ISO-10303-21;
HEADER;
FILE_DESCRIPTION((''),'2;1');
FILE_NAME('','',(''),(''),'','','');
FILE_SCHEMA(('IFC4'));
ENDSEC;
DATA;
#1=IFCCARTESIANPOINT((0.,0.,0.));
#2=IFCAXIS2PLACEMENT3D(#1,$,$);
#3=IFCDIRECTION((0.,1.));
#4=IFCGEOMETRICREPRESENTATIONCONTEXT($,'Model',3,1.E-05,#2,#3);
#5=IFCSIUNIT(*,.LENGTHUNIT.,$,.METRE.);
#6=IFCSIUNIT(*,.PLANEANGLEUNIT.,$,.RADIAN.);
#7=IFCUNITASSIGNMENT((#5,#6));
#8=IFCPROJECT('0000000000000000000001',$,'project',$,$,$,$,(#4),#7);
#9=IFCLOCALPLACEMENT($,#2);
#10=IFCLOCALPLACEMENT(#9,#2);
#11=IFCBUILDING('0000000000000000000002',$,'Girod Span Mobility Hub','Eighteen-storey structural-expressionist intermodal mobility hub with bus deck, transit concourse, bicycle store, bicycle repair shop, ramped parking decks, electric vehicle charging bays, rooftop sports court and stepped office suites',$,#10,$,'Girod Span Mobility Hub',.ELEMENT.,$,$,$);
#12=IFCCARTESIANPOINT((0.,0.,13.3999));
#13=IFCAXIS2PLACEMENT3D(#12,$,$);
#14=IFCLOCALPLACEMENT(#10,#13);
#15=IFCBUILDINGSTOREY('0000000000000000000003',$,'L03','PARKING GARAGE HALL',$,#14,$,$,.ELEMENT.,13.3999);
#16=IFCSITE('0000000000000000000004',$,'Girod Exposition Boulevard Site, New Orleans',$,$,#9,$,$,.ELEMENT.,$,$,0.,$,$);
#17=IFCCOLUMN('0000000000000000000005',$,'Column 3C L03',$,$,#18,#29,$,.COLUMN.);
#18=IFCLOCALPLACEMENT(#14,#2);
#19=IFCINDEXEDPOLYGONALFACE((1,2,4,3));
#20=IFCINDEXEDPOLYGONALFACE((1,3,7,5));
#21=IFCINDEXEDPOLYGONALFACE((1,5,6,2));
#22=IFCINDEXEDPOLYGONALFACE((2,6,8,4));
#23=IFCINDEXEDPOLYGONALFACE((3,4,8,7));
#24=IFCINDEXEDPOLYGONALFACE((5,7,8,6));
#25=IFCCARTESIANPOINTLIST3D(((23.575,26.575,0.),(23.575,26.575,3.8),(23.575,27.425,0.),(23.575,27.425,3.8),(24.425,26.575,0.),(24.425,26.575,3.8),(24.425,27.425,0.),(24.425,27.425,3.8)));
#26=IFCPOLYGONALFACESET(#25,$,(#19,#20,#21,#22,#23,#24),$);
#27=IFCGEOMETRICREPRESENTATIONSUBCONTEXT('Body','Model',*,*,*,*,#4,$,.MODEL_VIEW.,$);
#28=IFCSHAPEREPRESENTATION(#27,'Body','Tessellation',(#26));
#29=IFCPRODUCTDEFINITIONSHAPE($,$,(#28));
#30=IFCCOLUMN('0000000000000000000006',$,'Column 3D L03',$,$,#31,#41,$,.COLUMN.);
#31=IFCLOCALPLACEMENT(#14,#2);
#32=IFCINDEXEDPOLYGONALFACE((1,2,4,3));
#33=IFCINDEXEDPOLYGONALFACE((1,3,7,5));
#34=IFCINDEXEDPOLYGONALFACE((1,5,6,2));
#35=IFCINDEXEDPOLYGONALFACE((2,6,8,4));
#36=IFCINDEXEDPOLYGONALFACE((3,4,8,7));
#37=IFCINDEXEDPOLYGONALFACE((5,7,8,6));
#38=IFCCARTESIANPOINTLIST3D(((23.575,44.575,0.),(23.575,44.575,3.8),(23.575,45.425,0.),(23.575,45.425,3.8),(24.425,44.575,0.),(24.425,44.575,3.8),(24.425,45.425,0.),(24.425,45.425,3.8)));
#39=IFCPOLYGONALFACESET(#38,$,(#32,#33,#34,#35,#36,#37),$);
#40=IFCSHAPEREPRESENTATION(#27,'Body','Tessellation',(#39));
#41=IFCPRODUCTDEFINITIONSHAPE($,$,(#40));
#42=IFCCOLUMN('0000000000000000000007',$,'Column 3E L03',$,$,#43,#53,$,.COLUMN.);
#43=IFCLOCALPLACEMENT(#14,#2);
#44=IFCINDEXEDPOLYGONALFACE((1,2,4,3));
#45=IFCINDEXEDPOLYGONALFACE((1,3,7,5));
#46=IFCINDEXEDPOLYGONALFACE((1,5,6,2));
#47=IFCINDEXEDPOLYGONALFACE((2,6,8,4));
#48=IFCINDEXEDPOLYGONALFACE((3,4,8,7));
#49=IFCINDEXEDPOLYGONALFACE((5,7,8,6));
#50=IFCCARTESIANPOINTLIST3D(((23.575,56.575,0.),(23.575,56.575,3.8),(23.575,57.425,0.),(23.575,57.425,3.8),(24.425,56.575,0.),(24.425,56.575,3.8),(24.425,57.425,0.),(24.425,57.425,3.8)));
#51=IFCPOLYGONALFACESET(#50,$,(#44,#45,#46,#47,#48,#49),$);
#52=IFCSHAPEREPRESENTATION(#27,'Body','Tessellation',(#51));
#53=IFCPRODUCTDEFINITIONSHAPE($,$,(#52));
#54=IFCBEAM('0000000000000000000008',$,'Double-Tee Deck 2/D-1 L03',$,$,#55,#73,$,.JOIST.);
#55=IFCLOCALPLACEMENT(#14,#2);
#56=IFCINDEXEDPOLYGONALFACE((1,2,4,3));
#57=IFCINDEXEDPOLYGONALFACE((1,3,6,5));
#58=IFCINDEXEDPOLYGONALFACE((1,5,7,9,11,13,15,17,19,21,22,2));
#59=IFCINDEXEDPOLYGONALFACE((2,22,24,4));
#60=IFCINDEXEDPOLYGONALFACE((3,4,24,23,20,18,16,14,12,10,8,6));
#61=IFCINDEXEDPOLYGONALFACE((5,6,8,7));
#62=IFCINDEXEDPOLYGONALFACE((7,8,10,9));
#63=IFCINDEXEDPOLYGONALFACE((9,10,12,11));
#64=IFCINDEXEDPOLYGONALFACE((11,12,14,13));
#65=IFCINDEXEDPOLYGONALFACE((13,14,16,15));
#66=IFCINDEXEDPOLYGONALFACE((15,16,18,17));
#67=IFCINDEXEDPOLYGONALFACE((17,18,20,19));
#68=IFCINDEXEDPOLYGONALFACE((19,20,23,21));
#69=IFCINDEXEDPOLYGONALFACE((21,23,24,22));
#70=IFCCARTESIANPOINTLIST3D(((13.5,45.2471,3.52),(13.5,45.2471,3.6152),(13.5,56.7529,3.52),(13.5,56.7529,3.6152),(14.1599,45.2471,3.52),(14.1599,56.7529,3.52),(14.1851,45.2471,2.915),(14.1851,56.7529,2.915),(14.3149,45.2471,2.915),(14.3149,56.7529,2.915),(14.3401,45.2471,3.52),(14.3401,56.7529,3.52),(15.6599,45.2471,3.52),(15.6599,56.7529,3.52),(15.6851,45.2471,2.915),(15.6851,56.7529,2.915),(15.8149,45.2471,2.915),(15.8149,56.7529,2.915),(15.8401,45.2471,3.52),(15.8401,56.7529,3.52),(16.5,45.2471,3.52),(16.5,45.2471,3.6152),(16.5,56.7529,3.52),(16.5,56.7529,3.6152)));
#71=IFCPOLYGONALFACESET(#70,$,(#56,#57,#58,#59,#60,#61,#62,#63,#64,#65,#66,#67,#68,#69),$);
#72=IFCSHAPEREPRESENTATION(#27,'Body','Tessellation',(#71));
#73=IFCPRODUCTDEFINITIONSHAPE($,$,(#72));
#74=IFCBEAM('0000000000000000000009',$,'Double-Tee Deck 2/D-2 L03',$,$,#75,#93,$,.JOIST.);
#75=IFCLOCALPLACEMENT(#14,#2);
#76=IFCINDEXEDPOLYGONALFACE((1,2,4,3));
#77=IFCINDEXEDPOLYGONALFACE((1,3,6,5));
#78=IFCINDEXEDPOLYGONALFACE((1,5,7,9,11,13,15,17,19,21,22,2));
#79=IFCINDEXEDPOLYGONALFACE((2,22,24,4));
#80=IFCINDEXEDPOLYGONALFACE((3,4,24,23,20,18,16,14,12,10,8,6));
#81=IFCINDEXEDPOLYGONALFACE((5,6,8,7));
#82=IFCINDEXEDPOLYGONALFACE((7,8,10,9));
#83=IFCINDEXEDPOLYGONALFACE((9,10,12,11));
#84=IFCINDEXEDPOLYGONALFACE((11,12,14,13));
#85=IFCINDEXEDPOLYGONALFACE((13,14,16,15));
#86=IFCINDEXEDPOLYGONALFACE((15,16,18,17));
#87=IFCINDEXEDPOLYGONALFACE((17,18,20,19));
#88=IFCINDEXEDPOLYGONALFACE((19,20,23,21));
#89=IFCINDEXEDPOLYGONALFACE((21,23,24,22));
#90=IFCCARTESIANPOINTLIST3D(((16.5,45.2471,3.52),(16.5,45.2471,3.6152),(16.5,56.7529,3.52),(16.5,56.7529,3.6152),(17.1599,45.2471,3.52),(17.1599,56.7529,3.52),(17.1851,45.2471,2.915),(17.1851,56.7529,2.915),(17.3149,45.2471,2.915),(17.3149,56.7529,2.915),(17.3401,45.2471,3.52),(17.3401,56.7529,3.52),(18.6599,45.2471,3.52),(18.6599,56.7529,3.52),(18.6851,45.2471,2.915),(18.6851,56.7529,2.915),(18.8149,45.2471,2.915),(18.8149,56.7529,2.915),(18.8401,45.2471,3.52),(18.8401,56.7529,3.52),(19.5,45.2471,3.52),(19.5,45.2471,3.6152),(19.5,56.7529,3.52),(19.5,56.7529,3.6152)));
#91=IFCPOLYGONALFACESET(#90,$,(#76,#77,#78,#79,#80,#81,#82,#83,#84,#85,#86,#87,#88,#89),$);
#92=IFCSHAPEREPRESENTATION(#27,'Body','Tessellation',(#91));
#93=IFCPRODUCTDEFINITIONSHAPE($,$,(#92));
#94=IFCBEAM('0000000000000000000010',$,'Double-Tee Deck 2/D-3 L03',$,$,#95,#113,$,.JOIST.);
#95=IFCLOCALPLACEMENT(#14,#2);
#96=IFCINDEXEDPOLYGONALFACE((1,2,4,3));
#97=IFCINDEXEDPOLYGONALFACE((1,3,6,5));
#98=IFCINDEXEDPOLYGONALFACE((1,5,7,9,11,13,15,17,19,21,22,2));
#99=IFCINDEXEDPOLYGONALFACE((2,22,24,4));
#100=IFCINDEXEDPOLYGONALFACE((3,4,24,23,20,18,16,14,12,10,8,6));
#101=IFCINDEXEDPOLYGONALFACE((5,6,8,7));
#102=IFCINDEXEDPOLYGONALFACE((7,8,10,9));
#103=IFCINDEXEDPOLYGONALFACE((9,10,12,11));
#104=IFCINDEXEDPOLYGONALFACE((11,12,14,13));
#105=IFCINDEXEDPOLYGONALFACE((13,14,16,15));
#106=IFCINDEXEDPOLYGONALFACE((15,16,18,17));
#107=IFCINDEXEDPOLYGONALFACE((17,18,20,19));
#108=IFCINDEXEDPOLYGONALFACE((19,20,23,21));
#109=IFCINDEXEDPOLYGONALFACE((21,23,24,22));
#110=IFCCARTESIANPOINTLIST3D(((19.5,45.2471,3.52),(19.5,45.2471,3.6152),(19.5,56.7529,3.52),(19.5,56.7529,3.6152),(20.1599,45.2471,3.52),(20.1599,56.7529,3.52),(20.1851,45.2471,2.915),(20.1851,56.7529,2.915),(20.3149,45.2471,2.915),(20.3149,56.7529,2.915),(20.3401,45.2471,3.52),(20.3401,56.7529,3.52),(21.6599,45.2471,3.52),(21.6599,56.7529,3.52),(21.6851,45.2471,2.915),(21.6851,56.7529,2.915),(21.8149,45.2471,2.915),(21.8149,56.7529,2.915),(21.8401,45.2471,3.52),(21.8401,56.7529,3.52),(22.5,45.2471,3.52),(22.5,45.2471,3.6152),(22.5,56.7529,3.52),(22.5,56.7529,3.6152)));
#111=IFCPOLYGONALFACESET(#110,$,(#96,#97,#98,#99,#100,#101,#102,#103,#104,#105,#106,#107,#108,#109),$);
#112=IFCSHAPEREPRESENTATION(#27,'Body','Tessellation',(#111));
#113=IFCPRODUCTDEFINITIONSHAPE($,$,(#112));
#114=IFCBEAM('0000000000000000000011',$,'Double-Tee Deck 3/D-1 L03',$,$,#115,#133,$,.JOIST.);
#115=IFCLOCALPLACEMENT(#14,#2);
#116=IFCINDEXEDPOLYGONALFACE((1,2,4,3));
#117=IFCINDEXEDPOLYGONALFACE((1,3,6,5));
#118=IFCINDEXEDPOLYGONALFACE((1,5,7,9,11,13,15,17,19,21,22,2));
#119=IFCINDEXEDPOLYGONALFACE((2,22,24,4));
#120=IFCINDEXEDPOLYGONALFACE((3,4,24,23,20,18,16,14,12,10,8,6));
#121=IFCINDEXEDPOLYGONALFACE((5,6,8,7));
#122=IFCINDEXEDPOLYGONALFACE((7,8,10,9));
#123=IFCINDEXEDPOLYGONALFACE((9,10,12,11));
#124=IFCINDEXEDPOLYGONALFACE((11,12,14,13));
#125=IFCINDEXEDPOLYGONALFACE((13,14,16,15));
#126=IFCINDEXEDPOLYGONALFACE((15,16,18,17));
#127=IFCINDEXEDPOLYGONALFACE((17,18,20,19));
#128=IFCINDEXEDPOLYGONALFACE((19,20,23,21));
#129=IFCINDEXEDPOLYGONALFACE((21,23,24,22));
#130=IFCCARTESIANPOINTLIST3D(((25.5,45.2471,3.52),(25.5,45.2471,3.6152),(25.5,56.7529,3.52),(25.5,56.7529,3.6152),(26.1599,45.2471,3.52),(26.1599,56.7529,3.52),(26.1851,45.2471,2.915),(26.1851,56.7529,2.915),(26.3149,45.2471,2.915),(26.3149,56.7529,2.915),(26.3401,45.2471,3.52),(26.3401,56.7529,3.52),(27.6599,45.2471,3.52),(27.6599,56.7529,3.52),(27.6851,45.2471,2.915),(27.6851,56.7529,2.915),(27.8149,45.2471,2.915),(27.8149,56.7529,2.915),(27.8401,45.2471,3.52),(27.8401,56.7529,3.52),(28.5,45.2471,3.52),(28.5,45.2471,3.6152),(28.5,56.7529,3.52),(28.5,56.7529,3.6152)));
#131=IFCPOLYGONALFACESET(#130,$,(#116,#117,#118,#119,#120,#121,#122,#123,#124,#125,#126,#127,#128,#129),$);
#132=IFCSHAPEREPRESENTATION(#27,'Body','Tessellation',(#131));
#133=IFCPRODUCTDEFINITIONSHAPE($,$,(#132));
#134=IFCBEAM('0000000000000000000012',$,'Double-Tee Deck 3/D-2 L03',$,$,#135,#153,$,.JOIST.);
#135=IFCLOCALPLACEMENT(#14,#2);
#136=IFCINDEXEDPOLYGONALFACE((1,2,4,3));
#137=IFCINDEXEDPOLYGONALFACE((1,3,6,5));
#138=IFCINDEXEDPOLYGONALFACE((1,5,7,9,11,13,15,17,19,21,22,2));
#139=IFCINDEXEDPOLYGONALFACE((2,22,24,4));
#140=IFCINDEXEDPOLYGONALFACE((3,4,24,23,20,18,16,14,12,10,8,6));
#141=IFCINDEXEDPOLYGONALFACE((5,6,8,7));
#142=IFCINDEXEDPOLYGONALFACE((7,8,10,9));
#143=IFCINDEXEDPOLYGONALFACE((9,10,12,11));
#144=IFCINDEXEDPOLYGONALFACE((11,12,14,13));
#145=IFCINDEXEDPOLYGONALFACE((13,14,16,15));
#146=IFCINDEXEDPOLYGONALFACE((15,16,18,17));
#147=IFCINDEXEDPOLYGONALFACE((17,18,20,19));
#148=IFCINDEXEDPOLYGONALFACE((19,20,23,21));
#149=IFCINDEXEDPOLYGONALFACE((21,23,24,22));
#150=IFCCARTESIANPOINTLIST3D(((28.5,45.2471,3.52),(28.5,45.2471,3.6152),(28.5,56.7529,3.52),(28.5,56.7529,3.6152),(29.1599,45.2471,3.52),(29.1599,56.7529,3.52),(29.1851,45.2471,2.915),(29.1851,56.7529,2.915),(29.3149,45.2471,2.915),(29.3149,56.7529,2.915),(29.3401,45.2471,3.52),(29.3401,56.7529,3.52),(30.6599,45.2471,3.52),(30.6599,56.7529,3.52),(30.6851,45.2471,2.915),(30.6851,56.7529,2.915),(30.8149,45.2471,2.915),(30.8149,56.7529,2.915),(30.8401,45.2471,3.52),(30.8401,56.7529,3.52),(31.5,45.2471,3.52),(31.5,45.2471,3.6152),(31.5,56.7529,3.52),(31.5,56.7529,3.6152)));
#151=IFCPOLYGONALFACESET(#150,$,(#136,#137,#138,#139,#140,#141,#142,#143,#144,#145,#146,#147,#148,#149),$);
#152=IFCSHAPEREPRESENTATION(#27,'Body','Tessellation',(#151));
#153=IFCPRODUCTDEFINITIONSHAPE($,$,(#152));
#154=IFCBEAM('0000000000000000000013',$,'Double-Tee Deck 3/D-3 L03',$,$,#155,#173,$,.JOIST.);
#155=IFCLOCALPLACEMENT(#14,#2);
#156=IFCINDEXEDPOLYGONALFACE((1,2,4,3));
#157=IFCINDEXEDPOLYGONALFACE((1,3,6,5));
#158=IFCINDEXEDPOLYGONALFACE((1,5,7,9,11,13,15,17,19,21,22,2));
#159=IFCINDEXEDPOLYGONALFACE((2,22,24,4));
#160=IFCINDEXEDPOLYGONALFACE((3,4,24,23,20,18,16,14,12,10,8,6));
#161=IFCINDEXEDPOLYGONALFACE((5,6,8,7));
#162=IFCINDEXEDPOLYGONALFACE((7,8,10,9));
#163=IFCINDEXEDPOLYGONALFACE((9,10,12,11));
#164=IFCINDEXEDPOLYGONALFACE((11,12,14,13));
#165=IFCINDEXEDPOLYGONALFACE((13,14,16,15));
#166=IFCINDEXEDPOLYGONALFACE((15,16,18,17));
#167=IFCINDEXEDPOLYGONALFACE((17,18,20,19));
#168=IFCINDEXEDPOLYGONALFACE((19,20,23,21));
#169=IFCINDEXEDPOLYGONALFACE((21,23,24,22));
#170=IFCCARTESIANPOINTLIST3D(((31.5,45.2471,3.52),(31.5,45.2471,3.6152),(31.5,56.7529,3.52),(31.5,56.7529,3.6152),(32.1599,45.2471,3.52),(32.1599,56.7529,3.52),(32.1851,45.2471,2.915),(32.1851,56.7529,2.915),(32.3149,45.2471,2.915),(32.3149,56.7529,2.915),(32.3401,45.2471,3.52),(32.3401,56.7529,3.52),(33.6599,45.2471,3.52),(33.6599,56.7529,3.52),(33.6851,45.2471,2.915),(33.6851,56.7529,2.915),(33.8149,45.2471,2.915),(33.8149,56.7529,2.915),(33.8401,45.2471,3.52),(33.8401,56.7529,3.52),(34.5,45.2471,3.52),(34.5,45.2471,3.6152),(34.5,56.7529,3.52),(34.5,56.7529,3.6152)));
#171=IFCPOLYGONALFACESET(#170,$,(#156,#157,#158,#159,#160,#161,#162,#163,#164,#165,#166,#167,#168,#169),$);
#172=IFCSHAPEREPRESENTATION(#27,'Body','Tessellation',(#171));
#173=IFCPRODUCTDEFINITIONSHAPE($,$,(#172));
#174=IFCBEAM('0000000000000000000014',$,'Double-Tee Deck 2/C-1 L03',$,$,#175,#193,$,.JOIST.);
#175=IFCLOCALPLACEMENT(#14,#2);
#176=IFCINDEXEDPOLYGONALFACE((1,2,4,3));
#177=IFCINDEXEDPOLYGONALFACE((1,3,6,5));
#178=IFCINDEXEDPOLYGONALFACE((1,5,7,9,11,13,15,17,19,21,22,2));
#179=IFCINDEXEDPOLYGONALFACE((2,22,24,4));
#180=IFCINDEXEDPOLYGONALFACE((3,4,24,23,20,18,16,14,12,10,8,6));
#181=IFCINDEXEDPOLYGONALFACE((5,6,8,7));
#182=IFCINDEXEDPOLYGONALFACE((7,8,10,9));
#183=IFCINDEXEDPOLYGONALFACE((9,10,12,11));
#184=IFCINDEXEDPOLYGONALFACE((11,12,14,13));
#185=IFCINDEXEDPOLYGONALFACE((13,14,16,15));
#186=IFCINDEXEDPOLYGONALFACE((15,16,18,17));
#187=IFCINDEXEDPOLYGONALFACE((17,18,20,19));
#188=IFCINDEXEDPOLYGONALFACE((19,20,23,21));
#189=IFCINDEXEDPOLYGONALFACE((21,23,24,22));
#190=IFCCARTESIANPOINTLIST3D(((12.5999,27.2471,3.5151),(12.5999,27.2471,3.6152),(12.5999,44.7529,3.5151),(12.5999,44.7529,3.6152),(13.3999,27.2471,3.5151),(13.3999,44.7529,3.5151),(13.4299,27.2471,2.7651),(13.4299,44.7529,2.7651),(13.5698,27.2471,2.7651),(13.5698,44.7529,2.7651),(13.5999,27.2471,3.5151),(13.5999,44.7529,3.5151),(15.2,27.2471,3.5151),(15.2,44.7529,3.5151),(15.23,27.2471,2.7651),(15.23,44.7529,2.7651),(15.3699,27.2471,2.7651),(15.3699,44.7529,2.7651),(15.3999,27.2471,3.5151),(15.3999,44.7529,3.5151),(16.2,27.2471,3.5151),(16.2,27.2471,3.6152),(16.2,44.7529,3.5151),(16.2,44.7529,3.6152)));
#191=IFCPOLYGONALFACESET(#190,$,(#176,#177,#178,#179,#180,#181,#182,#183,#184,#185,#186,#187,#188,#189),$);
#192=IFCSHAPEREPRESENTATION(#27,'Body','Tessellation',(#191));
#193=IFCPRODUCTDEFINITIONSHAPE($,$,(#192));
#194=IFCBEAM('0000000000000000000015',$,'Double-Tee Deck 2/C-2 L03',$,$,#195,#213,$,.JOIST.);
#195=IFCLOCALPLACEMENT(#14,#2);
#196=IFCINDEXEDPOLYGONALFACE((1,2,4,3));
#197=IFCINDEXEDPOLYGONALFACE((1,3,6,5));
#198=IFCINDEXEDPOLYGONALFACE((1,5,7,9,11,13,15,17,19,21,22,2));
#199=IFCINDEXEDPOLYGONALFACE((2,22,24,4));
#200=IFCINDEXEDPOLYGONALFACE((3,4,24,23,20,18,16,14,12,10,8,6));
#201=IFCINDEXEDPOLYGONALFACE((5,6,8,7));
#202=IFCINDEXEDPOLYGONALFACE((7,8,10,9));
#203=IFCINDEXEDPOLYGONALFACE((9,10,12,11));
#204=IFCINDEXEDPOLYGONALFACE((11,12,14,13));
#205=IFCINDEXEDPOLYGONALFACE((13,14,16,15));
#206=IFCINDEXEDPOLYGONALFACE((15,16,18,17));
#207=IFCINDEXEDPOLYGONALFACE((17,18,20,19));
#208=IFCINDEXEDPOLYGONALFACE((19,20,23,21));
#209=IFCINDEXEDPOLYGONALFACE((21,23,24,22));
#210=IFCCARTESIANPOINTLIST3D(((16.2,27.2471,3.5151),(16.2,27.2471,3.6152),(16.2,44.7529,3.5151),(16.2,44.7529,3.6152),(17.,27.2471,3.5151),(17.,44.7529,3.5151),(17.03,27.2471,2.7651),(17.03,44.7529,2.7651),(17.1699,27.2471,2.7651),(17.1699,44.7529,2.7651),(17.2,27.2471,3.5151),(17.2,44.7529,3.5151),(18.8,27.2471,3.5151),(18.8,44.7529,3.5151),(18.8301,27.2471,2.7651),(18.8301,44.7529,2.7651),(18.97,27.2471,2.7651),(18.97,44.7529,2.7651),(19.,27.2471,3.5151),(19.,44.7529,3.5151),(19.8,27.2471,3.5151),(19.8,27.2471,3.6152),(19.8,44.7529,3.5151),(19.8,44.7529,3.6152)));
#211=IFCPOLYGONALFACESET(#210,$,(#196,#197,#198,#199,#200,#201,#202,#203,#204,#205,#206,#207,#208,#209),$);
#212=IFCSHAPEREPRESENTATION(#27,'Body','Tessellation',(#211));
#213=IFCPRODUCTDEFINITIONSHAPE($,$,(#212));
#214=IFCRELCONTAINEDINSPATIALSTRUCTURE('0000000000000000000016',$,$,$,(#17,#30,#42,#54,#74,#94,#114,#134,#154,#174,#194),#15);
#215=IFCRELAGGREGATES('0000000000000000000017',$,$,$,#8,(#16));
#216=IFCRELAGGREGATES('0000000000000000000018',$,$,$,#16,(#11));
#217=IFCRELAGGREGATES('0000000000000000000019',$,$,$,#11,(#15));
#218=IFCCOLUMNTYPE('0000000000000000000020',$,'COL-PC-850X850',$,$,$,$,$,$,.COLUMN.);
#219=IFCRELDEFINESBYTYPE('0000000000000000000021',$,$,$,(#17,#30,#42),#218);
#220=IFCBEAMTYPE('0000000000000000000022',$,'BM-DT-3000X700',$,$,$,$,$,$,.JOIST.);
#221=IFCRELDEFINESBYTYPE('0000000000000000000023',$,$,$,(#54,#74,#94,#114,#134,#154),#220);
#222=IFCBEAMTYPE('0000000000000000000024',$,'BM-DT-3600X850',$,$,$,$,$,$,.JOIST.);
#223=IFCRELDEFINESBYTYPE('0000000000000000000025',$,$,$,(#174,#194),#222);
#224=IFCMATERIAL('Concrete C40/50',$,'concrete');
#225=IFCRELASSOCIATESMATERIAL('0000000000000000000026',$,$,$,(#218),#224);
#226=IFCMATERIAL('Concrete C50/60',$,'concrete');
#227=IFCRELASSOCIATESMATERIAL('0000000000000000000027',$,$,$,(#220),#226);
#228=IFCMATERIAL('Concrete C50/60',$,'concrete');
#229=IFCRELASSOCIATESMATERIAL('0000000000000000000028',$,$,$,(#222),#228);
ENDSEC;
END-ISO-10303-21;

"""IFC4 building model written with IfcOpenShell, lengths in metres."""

from ifc_helpers import new_model, si_unit, direction, frame, origin, origin_2d, place, context, subcontext, project, spatial, polyline, rectangle, outline, extrude, material, material_profile, profile_set, type_object, element, save


model = new_model("IFC4")

# Units and contexts
model_context = context("Model", 3, precision=1e-05, world=origin(), true_north=direction((0.0, 1.0)))
body_context = subcontext(model_context, "Body", "Model", "MODEL_VIEW")
ifc_project = project(units=[si_unit("LENGTHUNIT", "METRE"), si_unit("PLANEANGLEUNIT", "RADIAN")], contexts=[model_context])

# Site, building, storey
site_placement = place(None, origin())
site = spatial("IfcSite", under=ifc_project, at=site_placement, Name="Girod Exposition Boulevard Site, New Orleans", CompositionType="ELEMENT", RefElevation=0.0)
building_placement = place(site_placement, origin())
building = spatial("IfcBuilding", under=site, at=building_placement, Name="Girod Span Mobility Hub", Description="Eighteen-storey structural-expressionist intermodal mobility hub with bus deck, transit concourse, bicycle store, bicycle repair shop, ramped parking decks, electric vehicle charging bays, rooftop sports court and stepped office suites", LongName="Girod Span Mobility Hub", CompositionType="ELEMENT")
storey_placement = place(building_placement, frame((0.0, 0.0, 13.3999)))
storey = spatial("IfcBuildingStorey", under=building, at=storey_placement, Name="L03", Description="PARKING GARAGE HALL", CompositionType="ELEMENT", Elevation=13.3999)

# Columns
ifc_material_1 = material(Name="Concrete C40/50", Category="concrete")
ifc_material_profile_1 = material_profile(ifc_material_1, rectangle(XDim=0.8501, YDim=0.8501, at=origin_2d()), Name="PC-COL-850X850")
ifc_profile_set_1 = profile_set([ifc_material_profile_1], Name="Concrete C40/50")
column_type = type_object("IfcColumnType", Name="COL-PC-850X850", PredefinedType="COLUMN", material=ifc_profile_set_1)
for number, where, z_axis, x_axis, name in (
    (1, (24.0, 27.0, 0.0), (0.0, 0.0, 1.0), (1.0, 0.0, 0.0), "Column 3C L03"),
    (2, (24.0, 45.0, 0.0), (0.0, 0.0, 1.0), (1.0, 0.0, 0.0), "Column 3D L03"),
    (3, (24.0, 57.0, 0.0), (0.0, 0.0, 1.0), (1.0, 0.0, 0.0), "Column 3E L03"),
):
    element("IfcColumn", number, at=place(storey_placement, frame(where, z_axis=z_axis, x_axis=x_axis)), inside=storey, type_object=column_type, Name=name, PredefinedType="COLUMN", context=body_context, shape_type="SweptSolid", body=[
        extrude(rectangle(XDim=0.8501, YDim=0.8501, at=origin_2d()), origin(), (0.0, 0.0, 1.0), 3.8),
    ])

# Beams
ifc_material_2 = material(Name="Concrete C50/60", Category="concrete")
ifc_material_profile_2 = material_profile(ifc_material_2, outline(polyline([(-1.5, 0.3501), (-1.5, 0.2549), (-0.8401, 0.2549), (-0.8149, -0.3501), (-0.6851, -0.3501), (-0.6599, 0.2549), (0.6599, 0.2549), (0.6851, -0.3501), (0.8149, -0.3501), (0.8401, 0.2549), (1.5, 0.2549), (1.5, 0.3501), (-1.5, 0.3501)])), Name="DT-3000X700")
ifc_profile_set_2 = profile_set([ifc_material_profile_2], Name="Concrete C50/60")
beam_type_1 = type_object("IfcBeamType", Name="BM-DT-3000X700", PredefinedType="JOIST", material=ifc_profile_set_2)
for number, where, z_axis, x_axis, name in (
    (4, (15.0, 45.2471, 3.2651), (0.0, 1.0, 0.0), (-1.0, 0.0, 0.0), "Double-Tee Deck 2/D-1 L03"),
    (5, (18.0, 45.2471, 3.2651), (0.0, 1.0, 0.0), (-1.0, 0.0, 0.0), "Double-Tee Deck 2/D-2 L03"),
    (6, (21.0, 45.2471, 3.2651), (0.0, 1.0, 0.0), (-1.0, 0.0, 0.0), "Double-Tee Deck 2/D-3 L03"),
    (7, (27.0, 45.2471, 3.2651), (0.0, 1.0, 0.0), (-1.0, 0.0, 0.0), "Double-Tee Deck 3/D-1 L03"),
    (8, (30.0, 45.2471, 3.2651), (0.0, 1.0, 0.0), (-1.0, 0.0, 0.0), "Double-Tee Deck 3/D-2 L03"),
    (9, (33.0, 45.2471, 3.2651), (0.0, 1.0, 0.0), (-1.0, 0.0, 0.0), "Double-Tee Deck 3/D-3 L03"),
):
    element("IfcBeam", number, at=place(storey_placement, frame(where, z_axis=z_axis, x_axis=x_axis)), inside=storey, type_object=beam_type_1, Name=name, PredefinedType="JOIST", context=body_context, shape_type="SweptSolid", body=[
        extrude(outline(polyline([(-1.5, 0.3501), (-1.5, 0.2549), (-0.8401, 0.2549), (-0.8149, -0.3501), (-0.6851, -0.3501), (-0.6599, 0.2549), (0.6599, 0.2549), (0.6851, -0.3501), (0.8149, -0.3501), (0.8401, 0.2549), (1.5, 0.2549), (1.5, 0.3501), (-1.5, 0.3501)])), origin(), (0.0, 0.0, 1.0), 11.5059),
    ])
ifc_material_3 = material(Name="Concrete C50/60", Category="concrete")
ifc_material_profile_3 = material_profile(ifc_material_3, outline(polyline([(-1.8, 0.425), (-1.8, 0.325), (-1.0, 0.325), (-0.97, -0.425), (-0.8301, -0.425), (-0.8, 0.325), (0.8, 0.325), (0.8301, -0.425), (0.97, -0.425), (1.0, 0.325), (1.8, 0.325), (1.8, 0.425), (-1.8, 0.425)])), Name="DT-3600X850")
ifc_profile_set_3 = profile_set([ifc_material_profile_3], Name="Concrete C50/60")
beam_type_2 = type_object("IfcBeamType", Name="BM-DT-3600X850", PredefinedType="JOIST", material=ifc_profile_set_3)
for number, where, z_axis, x_axis, name in (
    (10, (14.3999, 27.2471, 3.1902), (0.0, 1.0, 0.0), (-1.0, 0.0, 0.0), "Double-Tee Deck 2/C-1 L03"),
    (11, (18.0, 27.2471, 3.1902), (0.0, 1.0, 0.0), (-1.0, 0.0, 0.0), "Double-Tee Deck 2/C-2 L03"),
):
    element("IfcBeam", number, at=place(storey_placement, frame(where, z_axis=z_axis, x_axis=x_axis)), inside=storey, type_object=beam_type_2, Name=name, PredefinedType="JOIST", context=body_context, shape_type="SweptSolid", body=[
        extrude(outline(polyline([(-1.8, 0.425), (-1.8, 0.325), (-1.0, 0.325), (-0.97, -0.425), (-0.8301, -0.425), (-0.8, 0.325), (0.8, 0.325), (0.8301, -0.425), (0.97, -0.425), (1.0, 0.325), (1.8, 0.325), (1.8, 0.425), (-1.8, 0.425)])), origin(), (0.0, 0.0, 1.0), 17.5059),
    ])

save(model, "model.ifc")
